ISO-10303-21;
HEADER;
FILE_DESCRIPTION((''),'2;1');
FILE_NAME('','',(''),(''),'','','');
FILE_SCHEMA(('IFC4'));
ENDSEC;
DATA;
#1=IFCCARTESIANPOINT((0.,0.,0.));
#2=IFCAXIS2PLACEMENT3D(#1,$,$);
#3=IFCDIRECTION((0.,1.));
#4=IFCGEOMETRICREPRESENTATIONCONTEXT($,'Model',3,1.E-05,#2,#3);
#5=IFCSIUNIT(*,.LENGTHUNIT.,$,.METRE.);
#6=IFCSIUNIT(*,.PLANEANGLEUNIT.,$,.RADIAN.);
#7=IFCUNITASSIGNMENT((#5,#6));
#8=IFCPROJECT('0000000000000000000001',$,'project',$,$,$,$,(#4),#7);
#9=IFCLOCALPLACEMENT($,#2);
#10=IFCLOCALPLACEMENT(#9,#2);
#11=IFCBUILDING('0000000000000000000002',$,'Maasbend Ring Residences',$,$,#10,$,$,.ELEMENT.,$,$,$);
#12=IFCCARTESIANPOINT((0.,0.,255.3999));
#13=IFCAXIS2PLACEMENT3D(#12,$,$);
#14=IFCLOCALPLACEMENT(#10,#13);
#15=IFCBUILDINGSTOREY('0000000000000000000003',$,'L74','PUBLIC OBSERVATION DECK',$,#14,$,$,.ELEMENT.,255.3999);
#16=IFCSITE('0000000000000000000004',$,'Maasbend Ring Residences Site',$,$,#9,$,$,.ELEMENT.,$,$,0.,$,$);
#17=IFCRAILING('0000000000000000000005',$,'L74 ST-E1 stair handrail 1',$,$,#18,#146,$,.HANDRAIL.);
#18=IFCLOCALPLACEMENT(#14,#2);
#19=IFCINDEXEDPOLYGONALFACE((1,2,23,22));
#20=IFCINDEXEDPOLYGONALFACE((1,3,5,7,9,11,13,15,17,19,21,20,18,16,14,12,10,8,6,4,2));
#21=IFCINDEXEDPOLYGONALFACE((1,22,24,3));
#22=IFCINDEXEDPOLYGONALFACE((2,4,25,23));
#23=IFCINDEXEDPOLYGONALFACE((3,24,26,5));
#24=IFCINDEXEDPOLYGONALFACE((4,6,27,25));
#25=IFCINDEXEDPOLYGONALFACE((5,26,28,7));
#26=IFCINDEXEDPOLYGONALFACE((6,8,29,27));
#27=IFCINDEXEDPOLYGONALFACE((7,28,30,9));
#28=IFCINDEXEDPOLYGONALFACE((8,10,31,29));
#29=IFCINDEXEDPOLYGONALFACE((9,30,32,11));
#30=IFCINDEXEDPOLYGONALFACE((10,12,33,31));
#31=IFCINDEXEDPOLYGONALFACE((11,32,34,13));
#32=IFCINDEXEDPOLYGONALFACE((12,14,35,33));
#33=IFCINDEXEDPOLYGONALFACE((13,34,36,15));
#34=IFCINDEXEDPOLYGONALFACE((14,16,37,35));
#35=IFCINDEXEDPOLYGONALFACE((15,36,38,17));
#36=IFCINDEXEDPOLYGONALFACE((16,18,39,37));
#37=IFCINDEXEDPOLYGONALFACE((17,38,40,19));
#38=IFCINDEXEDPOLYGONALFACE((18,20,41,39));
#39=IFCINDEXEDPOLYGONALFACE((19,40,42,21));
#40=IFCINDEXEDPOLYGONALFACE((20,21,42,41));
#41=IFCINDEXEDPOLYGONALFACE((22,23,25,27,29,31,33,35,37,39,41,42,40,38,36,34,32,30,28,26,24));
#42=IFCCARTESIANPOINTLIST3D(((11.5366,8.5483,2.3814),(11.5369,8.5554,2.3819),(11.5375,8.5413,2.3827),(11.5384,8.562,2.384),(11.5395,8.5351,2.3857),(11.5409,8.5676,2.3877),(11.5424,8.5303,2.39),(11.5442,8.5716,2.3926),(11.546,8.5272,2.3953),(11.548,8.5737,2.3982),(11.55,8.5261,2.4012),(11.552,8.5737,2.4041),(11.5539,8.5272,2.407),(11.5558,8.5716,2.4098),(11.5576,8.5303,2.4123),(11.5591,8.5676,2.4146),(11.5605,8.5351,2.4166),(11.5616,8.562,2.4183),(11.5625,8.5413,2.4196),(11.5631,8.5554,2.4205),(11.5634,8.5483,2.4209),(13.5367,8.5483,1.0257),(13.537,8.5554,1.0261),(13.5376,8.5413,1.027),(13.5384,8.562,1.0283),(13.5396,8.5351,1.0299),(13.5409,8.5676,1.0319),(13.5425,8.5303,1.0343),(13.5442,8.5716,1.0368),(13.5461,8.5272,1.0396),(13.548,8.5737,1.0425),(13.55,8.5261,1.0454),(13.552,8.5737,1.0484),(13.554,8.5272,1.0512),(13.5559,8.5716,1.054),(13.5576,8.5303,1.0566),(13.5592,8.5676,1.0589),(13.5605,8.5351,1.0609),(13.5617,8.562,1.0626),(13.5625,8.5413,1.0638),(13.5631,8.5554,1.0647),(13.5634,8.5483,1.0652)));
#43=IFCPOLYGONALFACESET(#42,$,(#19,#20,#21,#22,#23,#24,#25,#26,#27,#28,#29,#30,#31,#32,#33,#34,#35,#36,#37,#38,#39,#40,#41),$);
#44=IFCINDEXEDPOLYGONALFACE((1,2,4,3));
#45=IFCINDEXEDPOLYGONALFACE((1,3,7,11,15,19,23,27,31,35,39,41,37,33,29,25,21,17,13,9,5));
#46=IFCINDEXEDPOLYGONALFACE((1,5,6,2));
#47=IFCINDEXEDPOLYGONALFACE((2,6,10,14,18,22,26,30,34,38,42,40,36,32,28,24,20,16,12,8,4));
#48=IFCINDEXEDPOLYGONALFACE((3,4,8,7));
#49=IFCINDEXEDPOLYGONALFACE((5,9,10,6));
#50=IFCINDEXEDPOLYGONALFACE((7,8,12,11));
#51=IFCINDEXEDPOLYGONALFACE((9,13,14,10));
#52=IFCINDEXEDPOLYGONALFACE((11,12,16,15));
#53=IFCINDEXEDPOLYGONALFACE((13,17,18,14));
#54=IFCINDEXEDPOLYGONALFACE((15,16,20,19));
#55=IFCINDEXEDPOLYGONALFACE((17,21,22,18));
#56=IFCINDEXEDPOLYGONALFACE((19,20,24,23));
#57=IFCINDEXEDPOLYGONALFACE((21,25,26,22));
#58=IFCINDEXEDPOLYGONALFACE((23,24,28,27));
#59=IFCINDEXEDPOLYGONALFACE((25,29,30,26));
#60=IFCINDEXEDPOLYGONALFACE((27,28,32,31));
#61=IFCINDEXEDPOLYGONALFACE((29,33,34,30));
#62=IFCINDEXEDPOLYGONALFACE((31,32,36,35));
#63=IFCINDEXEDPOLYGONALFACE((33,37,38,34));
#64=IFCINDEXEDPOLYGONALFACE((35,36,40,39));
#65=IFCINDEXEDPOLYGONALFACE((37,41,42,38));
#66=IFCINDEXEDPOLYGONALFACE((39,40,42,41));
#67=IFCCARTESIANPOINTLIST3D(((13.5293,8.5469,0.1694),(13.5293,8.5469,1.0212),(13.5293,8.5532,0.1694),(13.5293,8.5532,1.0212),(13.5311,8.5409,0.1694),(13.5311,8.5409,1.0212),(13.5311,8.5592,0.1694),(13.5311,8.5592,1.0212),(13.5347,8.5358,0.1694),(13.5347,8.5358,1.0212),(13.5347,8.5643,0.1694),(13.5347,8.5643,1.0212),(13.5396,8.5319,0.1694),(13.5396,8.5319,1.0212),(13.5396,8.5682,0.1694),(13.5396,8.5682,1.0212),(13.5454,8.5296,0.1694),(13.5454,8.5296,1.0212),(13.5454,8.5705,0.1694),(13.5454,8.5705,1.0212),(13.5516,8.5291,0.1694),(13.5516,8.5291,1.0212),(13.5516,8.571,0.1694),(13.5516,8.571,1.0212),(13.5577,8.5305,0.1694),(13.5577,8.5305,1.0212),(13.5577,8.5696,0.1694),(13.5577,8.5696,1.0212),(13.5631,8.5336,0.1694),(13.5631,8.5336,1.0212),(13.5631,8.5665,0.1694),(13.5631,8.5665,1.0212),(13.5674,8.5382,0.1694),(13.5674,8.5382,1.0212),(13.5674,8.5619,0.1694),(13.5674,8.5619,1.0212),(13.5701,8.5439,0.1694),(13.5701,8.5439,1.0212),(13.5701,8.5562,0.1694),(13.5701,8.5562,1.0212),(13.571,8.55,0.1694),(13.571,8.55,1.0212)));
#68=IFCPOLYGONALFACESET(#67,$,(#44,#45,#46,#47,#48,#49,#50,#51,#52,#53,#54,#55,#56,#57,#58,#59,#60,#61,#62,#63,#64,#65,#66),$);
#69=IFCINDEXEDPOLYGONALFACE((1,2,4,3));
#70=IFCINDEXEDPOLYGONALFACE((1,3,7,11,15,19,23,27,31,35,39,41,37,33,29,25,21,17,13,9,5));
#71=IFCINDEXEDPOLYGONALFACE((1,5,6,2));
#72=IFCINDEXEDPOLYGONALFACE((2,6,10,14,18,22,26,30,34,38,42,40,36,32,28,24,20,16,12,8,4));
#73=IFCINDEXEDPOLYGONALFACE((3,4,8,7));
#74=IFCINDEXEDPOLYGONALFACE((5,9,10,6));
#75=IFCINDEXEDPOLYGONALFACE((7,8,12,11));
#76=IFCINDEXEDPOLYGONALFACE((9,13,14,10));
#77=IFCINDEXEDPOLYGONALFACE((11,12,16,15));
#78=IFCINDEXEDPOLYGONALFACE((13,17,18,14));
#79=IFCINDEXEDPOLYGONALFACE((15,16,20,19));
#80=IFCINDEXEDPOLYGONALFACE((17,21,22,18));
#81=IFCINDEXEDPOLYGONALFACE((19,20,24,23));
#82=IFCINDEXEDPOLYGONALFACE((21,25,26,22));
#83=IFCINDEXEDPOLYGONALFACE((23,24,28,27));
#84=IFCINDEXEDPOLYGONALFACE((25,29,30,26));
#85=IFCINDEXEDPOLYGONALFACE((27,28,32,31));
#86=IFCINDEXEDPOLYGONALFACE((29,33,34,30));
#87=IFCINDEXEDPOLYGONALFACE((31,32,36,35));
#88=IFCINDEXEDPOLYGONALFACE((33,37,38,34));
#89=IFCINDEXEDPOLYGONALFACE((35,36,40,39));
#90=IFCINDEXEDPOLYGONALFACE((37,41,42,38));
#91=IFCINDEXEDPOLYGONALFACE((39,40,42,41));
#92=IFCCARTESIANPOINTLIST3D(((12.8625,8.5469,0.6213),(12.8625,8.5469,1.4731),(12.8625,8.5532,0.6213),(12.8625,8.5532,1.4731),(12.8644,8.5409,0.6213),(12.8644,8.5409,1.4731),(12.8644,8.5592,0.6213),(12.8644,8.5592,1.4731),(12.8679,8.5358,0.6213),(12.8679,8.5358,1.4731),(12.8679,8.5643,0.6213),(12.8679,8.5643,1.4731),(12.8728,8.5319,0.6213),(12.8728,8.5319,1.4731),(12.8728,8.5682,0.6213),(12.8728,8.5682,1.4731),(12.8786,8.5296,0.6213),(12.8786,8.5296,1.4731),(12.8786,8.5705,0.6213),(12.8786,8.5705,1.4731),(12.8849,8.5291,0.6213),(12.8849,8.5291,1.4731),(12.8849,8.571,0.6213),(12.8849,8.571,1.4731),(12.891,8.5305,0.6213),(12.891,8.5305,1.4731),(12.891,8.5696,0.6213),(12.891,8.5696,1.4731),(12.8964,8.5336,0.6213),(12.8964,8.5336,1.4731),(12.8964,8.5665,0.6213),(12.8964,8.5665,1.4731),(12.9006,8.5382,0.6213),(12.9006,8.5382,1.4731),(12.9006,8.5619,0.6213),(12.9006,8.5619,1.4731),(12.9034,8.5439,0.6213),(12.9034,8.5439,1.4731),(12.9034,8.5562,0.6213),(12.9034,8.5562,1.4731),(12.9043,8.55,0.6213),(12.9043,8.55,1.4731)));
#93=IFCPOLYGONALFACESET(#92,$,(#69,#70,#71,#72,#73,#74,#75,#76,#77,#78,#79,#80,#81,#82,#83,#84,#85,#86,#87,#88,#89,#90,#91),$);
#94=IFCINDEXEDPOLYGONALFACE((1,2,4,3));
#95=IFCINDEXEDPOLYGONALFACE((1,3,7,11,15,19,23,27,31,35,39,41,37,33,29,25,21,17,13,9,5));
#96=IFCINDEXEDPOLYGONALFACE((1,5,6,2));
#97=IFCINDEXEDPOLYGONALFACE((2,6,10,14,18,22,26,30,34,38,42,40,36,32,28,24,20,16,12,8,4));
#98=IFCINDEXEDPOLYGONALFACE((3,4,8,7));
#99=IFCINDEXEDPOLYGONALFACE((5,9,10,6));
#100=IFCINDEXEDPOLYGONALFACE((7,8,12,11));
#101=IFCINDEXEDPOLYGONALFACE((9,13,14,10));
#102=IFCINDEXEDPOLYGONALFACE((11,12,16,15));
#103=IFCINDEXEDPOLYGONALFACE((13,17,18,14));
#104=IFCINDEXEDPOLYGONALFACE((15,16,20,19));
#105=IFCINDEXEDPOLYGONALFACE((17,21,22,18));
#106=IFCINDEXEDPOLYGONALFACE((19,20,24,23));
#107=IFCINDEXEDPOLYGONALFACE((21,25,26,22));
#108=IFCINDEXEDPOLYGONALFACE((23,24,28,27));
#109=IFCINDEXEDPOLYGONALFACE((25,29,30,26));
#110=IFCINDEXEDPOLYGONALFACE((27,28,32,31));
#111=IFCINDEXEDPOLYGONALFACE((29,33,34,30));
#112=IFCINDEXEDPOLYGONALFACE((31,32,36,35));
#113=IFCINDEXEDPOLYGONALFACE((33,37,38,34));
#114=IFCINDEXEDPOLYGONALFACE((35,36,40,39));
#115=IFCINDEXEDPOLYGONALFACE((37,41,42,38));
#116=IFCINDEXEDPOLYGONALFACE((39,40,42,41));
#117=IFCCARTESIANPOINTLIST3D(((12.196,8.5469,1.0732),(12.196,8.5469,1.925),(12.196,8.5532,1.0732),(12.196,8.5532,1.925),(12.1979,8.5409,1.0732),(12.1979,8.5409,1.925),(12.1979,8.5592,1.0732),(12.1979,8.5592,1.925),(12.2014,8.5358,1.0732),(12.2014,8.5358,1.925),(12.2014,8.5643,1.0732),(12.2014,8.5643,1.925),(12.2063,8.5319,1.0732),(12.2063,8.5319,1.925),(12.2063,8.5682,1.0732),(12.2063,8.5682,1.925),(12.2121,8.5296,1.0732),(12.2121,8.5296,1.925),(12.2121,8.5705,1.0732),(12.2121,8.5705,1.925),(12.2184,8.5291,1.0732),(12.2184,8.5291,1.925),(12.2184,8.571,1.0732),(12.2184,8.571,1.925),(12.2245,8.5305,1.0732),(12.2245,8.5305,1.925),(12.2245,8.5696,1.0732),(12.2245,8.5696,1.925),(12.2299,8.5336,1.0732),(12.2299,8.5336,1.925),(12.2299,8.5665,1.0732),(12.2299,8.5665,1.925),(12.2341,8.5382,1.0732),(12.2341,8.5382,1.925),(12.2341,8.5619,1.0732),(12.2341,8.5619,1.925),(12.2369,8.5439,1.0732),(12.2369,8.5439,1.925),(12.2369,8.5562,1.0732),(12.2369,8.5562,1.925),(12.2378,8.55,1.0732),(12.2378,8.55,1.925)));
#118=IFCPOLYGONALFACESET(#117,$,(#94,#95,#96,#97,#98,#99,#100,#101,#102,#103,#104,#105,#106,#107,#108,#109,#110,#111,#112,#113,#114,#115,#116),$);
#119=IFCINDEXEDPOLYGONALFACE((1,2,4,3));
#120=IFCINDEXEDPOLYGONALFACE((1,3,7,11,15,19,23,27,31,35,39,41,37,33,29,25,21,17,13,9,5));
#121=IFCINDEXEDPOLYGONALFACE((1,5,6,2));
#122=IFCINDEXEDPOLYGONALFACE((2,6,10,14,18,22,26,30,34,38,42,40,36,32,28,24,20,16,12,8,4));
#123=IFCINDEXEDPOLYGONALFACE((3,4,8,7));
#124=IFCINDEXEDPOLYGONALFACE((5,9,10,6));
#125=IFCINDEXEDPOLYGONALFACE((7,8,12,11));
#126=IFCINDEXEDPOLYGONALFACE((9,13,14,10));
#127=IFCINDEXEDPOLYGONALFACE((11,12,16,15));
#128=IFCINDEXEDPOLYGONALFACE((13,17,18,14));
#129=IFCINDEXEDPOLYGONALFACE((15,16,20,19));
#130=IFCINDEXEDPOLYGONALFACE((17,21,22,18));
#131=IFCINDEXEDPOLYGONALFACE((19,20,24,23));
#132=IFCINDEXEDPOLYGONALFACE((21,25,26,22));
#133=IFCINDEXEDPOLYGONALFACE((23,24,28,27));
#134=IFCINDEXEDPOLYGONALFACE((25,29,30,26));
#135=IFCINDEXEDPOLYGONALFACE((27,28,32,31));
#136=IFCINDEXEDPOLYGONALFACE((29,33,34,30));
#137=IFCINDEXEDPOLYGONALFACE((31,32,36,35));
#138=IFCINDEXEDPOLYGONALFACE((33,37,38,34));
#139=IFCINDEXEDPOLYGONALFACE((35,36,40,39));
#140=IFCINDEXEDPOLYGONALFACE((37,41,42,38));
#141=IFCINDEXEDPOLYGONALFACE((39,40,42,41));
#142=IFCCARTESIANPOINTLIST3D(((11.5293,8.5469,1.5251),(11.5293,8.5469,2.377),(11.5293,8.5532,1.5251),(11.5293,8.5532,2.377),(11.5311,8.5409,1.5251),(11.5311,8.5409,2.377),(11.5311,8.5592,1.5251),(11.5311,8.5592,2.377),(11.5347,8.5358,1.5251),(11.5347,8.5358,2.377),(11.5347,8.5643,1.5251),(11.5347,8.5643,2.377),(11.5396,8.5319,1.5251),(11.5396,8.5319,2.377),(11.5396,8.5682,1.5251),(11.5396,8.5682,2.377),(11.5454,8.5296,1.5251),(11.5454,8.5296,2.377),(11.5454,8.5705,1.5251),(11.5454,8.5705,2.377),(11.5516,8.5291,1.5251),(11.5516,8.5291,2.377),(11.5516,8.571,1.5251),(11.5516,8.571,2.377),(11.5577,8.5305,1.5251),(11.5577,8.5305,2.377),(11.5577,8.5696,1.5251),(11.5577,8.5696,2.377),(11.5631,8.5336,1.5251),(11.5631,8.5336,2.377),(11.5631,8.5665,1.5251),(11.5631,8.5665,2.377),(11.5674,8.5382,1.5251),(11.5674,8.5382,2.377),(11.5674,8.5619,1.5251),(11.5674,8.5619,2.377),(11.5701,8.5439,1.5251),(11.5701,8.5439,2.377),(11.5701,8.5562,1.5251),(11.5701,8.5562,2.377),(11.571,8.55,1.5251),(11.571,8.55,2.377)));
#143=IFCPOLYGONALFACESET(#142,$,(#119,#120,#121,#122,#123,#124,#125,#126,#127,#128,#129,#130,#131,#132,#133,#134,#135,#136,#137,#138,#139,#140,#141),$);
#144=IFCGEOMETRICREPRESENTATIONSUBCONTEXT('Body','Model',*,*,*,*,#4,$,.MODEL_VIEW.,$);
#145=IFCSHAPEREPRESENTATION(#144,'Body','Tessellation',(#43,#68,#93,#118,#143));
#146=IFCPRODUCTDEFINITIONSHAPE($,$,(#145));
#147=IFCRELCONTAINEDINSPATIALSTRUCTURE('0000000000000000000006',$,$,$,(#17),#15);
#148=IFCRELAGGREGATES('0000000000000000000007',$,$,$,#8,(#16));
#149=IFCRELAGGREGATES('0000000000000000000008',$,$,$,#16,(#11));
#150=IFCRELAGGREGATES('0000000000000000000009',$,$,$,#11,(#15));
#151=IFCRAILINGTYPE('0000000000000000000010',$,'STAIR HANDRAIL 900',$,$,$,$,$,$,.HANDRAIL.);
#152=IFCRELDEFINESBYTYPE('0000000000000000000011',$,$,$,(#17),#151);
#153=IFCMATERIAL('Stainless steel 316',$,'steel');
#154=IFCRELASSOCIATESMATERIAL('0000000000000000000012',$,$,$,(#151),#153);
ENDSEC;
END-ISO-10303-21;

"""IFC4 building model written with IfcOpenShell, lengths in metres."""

from ifc_helpers import new_model, si_unit, direction, frame, origin, origin_2d, place, context, subcontext, project, spatial, circle, extrude, material, type_object, element, save


model = new_model("IFC4")

# Units and contexts
model_context = context("Model", 3, precision=1e-05, world=origin(), true_north=direction((0.0, 1.0)))
body_context = subcontext(model_context, "Body", "Model", "MODEL_VIEW")
ifc_project = project(units=[si_unit("LENGTHUNIT", "METRE"), si_unit("PLANEANGLEUNIT", "RADIAN")], contexts=[model_context])

# Site, building, storey
site_placement = place(None, origin())
site = spatial("IfcSite", under=ifc_project, at=site_placement, Name="Maasbend Ring Residences Site", CompositionType="ELEMENT", RefElevation=0.0)
building_placement = place(site_placement, origin())
building = spatial("IfcBuilding", under=site, at=building_placement, Name="Maasbend Ring Residences", CompositionType="ELEMENT")
storey_placement = place(building_placement, frame((0.0, 0.0, 255.3999)))
storey = spatial("IfcBuildingStorey", under=building, at=storey_placement, Name="L74", Description="PUBLIC OBSERVATION DECK", CompositionType="ELEMENT", Elevation=255.3999)

# Railing
ifc_material_1 = material(Name="Stainless steel 316", Category="steel")
railing_type_1 = type_object("IfcRailingType", Name="STAIR HANDRAIL 900", PredefinedType="HANDRAIL", material=ifc_material_1)
for number, where, name in (
    (1, (13.55, 8.55, 0.1694), "L74 ST-E1 stair handrail 1"),
):
    element("IfcRailing", number, at=place(storey_placement, frame(where)), inside=storey, type_object=railing_type_1, Name=name, PredefinedType="HANDRAIL", context=body_context, shape_type="SweptSolid", body=[
        extrude(circle(Radius=0.0239, at=origin_2d()), frame((0.0, 0.0, 0.876), z_axis=(-0.827751, 0.0, 0.561096), x_axis=(0.0, -1.0, 0.0)), (0.0, 0.0, 1.0), 2.4163),
        extrude(circle(Radius=0.021, at=origin_2d()), origin(), (0.0, 0.0, 1.0), 0.8518),
        extrude(circle(Radius=0.021, at=origin_2d()), frame((-0.6667, 0.0, 0.4519)), (0.0, 0.0, 1.0), 0.8518),
        extrude(circle(Radius=0.021, at=origin_2d()), frame((-1.3333, 0.0, 0.9038)), (0.0, 0.0, 1.0), 0.8518),
        extrude(circle(Radius=0.021, at=origin_2d()), frame((-2.0, 0.0, 1.3557)), (0.0, 0.0, 1.0), 0.8518),
    ])

save(model, "model.ifc")
